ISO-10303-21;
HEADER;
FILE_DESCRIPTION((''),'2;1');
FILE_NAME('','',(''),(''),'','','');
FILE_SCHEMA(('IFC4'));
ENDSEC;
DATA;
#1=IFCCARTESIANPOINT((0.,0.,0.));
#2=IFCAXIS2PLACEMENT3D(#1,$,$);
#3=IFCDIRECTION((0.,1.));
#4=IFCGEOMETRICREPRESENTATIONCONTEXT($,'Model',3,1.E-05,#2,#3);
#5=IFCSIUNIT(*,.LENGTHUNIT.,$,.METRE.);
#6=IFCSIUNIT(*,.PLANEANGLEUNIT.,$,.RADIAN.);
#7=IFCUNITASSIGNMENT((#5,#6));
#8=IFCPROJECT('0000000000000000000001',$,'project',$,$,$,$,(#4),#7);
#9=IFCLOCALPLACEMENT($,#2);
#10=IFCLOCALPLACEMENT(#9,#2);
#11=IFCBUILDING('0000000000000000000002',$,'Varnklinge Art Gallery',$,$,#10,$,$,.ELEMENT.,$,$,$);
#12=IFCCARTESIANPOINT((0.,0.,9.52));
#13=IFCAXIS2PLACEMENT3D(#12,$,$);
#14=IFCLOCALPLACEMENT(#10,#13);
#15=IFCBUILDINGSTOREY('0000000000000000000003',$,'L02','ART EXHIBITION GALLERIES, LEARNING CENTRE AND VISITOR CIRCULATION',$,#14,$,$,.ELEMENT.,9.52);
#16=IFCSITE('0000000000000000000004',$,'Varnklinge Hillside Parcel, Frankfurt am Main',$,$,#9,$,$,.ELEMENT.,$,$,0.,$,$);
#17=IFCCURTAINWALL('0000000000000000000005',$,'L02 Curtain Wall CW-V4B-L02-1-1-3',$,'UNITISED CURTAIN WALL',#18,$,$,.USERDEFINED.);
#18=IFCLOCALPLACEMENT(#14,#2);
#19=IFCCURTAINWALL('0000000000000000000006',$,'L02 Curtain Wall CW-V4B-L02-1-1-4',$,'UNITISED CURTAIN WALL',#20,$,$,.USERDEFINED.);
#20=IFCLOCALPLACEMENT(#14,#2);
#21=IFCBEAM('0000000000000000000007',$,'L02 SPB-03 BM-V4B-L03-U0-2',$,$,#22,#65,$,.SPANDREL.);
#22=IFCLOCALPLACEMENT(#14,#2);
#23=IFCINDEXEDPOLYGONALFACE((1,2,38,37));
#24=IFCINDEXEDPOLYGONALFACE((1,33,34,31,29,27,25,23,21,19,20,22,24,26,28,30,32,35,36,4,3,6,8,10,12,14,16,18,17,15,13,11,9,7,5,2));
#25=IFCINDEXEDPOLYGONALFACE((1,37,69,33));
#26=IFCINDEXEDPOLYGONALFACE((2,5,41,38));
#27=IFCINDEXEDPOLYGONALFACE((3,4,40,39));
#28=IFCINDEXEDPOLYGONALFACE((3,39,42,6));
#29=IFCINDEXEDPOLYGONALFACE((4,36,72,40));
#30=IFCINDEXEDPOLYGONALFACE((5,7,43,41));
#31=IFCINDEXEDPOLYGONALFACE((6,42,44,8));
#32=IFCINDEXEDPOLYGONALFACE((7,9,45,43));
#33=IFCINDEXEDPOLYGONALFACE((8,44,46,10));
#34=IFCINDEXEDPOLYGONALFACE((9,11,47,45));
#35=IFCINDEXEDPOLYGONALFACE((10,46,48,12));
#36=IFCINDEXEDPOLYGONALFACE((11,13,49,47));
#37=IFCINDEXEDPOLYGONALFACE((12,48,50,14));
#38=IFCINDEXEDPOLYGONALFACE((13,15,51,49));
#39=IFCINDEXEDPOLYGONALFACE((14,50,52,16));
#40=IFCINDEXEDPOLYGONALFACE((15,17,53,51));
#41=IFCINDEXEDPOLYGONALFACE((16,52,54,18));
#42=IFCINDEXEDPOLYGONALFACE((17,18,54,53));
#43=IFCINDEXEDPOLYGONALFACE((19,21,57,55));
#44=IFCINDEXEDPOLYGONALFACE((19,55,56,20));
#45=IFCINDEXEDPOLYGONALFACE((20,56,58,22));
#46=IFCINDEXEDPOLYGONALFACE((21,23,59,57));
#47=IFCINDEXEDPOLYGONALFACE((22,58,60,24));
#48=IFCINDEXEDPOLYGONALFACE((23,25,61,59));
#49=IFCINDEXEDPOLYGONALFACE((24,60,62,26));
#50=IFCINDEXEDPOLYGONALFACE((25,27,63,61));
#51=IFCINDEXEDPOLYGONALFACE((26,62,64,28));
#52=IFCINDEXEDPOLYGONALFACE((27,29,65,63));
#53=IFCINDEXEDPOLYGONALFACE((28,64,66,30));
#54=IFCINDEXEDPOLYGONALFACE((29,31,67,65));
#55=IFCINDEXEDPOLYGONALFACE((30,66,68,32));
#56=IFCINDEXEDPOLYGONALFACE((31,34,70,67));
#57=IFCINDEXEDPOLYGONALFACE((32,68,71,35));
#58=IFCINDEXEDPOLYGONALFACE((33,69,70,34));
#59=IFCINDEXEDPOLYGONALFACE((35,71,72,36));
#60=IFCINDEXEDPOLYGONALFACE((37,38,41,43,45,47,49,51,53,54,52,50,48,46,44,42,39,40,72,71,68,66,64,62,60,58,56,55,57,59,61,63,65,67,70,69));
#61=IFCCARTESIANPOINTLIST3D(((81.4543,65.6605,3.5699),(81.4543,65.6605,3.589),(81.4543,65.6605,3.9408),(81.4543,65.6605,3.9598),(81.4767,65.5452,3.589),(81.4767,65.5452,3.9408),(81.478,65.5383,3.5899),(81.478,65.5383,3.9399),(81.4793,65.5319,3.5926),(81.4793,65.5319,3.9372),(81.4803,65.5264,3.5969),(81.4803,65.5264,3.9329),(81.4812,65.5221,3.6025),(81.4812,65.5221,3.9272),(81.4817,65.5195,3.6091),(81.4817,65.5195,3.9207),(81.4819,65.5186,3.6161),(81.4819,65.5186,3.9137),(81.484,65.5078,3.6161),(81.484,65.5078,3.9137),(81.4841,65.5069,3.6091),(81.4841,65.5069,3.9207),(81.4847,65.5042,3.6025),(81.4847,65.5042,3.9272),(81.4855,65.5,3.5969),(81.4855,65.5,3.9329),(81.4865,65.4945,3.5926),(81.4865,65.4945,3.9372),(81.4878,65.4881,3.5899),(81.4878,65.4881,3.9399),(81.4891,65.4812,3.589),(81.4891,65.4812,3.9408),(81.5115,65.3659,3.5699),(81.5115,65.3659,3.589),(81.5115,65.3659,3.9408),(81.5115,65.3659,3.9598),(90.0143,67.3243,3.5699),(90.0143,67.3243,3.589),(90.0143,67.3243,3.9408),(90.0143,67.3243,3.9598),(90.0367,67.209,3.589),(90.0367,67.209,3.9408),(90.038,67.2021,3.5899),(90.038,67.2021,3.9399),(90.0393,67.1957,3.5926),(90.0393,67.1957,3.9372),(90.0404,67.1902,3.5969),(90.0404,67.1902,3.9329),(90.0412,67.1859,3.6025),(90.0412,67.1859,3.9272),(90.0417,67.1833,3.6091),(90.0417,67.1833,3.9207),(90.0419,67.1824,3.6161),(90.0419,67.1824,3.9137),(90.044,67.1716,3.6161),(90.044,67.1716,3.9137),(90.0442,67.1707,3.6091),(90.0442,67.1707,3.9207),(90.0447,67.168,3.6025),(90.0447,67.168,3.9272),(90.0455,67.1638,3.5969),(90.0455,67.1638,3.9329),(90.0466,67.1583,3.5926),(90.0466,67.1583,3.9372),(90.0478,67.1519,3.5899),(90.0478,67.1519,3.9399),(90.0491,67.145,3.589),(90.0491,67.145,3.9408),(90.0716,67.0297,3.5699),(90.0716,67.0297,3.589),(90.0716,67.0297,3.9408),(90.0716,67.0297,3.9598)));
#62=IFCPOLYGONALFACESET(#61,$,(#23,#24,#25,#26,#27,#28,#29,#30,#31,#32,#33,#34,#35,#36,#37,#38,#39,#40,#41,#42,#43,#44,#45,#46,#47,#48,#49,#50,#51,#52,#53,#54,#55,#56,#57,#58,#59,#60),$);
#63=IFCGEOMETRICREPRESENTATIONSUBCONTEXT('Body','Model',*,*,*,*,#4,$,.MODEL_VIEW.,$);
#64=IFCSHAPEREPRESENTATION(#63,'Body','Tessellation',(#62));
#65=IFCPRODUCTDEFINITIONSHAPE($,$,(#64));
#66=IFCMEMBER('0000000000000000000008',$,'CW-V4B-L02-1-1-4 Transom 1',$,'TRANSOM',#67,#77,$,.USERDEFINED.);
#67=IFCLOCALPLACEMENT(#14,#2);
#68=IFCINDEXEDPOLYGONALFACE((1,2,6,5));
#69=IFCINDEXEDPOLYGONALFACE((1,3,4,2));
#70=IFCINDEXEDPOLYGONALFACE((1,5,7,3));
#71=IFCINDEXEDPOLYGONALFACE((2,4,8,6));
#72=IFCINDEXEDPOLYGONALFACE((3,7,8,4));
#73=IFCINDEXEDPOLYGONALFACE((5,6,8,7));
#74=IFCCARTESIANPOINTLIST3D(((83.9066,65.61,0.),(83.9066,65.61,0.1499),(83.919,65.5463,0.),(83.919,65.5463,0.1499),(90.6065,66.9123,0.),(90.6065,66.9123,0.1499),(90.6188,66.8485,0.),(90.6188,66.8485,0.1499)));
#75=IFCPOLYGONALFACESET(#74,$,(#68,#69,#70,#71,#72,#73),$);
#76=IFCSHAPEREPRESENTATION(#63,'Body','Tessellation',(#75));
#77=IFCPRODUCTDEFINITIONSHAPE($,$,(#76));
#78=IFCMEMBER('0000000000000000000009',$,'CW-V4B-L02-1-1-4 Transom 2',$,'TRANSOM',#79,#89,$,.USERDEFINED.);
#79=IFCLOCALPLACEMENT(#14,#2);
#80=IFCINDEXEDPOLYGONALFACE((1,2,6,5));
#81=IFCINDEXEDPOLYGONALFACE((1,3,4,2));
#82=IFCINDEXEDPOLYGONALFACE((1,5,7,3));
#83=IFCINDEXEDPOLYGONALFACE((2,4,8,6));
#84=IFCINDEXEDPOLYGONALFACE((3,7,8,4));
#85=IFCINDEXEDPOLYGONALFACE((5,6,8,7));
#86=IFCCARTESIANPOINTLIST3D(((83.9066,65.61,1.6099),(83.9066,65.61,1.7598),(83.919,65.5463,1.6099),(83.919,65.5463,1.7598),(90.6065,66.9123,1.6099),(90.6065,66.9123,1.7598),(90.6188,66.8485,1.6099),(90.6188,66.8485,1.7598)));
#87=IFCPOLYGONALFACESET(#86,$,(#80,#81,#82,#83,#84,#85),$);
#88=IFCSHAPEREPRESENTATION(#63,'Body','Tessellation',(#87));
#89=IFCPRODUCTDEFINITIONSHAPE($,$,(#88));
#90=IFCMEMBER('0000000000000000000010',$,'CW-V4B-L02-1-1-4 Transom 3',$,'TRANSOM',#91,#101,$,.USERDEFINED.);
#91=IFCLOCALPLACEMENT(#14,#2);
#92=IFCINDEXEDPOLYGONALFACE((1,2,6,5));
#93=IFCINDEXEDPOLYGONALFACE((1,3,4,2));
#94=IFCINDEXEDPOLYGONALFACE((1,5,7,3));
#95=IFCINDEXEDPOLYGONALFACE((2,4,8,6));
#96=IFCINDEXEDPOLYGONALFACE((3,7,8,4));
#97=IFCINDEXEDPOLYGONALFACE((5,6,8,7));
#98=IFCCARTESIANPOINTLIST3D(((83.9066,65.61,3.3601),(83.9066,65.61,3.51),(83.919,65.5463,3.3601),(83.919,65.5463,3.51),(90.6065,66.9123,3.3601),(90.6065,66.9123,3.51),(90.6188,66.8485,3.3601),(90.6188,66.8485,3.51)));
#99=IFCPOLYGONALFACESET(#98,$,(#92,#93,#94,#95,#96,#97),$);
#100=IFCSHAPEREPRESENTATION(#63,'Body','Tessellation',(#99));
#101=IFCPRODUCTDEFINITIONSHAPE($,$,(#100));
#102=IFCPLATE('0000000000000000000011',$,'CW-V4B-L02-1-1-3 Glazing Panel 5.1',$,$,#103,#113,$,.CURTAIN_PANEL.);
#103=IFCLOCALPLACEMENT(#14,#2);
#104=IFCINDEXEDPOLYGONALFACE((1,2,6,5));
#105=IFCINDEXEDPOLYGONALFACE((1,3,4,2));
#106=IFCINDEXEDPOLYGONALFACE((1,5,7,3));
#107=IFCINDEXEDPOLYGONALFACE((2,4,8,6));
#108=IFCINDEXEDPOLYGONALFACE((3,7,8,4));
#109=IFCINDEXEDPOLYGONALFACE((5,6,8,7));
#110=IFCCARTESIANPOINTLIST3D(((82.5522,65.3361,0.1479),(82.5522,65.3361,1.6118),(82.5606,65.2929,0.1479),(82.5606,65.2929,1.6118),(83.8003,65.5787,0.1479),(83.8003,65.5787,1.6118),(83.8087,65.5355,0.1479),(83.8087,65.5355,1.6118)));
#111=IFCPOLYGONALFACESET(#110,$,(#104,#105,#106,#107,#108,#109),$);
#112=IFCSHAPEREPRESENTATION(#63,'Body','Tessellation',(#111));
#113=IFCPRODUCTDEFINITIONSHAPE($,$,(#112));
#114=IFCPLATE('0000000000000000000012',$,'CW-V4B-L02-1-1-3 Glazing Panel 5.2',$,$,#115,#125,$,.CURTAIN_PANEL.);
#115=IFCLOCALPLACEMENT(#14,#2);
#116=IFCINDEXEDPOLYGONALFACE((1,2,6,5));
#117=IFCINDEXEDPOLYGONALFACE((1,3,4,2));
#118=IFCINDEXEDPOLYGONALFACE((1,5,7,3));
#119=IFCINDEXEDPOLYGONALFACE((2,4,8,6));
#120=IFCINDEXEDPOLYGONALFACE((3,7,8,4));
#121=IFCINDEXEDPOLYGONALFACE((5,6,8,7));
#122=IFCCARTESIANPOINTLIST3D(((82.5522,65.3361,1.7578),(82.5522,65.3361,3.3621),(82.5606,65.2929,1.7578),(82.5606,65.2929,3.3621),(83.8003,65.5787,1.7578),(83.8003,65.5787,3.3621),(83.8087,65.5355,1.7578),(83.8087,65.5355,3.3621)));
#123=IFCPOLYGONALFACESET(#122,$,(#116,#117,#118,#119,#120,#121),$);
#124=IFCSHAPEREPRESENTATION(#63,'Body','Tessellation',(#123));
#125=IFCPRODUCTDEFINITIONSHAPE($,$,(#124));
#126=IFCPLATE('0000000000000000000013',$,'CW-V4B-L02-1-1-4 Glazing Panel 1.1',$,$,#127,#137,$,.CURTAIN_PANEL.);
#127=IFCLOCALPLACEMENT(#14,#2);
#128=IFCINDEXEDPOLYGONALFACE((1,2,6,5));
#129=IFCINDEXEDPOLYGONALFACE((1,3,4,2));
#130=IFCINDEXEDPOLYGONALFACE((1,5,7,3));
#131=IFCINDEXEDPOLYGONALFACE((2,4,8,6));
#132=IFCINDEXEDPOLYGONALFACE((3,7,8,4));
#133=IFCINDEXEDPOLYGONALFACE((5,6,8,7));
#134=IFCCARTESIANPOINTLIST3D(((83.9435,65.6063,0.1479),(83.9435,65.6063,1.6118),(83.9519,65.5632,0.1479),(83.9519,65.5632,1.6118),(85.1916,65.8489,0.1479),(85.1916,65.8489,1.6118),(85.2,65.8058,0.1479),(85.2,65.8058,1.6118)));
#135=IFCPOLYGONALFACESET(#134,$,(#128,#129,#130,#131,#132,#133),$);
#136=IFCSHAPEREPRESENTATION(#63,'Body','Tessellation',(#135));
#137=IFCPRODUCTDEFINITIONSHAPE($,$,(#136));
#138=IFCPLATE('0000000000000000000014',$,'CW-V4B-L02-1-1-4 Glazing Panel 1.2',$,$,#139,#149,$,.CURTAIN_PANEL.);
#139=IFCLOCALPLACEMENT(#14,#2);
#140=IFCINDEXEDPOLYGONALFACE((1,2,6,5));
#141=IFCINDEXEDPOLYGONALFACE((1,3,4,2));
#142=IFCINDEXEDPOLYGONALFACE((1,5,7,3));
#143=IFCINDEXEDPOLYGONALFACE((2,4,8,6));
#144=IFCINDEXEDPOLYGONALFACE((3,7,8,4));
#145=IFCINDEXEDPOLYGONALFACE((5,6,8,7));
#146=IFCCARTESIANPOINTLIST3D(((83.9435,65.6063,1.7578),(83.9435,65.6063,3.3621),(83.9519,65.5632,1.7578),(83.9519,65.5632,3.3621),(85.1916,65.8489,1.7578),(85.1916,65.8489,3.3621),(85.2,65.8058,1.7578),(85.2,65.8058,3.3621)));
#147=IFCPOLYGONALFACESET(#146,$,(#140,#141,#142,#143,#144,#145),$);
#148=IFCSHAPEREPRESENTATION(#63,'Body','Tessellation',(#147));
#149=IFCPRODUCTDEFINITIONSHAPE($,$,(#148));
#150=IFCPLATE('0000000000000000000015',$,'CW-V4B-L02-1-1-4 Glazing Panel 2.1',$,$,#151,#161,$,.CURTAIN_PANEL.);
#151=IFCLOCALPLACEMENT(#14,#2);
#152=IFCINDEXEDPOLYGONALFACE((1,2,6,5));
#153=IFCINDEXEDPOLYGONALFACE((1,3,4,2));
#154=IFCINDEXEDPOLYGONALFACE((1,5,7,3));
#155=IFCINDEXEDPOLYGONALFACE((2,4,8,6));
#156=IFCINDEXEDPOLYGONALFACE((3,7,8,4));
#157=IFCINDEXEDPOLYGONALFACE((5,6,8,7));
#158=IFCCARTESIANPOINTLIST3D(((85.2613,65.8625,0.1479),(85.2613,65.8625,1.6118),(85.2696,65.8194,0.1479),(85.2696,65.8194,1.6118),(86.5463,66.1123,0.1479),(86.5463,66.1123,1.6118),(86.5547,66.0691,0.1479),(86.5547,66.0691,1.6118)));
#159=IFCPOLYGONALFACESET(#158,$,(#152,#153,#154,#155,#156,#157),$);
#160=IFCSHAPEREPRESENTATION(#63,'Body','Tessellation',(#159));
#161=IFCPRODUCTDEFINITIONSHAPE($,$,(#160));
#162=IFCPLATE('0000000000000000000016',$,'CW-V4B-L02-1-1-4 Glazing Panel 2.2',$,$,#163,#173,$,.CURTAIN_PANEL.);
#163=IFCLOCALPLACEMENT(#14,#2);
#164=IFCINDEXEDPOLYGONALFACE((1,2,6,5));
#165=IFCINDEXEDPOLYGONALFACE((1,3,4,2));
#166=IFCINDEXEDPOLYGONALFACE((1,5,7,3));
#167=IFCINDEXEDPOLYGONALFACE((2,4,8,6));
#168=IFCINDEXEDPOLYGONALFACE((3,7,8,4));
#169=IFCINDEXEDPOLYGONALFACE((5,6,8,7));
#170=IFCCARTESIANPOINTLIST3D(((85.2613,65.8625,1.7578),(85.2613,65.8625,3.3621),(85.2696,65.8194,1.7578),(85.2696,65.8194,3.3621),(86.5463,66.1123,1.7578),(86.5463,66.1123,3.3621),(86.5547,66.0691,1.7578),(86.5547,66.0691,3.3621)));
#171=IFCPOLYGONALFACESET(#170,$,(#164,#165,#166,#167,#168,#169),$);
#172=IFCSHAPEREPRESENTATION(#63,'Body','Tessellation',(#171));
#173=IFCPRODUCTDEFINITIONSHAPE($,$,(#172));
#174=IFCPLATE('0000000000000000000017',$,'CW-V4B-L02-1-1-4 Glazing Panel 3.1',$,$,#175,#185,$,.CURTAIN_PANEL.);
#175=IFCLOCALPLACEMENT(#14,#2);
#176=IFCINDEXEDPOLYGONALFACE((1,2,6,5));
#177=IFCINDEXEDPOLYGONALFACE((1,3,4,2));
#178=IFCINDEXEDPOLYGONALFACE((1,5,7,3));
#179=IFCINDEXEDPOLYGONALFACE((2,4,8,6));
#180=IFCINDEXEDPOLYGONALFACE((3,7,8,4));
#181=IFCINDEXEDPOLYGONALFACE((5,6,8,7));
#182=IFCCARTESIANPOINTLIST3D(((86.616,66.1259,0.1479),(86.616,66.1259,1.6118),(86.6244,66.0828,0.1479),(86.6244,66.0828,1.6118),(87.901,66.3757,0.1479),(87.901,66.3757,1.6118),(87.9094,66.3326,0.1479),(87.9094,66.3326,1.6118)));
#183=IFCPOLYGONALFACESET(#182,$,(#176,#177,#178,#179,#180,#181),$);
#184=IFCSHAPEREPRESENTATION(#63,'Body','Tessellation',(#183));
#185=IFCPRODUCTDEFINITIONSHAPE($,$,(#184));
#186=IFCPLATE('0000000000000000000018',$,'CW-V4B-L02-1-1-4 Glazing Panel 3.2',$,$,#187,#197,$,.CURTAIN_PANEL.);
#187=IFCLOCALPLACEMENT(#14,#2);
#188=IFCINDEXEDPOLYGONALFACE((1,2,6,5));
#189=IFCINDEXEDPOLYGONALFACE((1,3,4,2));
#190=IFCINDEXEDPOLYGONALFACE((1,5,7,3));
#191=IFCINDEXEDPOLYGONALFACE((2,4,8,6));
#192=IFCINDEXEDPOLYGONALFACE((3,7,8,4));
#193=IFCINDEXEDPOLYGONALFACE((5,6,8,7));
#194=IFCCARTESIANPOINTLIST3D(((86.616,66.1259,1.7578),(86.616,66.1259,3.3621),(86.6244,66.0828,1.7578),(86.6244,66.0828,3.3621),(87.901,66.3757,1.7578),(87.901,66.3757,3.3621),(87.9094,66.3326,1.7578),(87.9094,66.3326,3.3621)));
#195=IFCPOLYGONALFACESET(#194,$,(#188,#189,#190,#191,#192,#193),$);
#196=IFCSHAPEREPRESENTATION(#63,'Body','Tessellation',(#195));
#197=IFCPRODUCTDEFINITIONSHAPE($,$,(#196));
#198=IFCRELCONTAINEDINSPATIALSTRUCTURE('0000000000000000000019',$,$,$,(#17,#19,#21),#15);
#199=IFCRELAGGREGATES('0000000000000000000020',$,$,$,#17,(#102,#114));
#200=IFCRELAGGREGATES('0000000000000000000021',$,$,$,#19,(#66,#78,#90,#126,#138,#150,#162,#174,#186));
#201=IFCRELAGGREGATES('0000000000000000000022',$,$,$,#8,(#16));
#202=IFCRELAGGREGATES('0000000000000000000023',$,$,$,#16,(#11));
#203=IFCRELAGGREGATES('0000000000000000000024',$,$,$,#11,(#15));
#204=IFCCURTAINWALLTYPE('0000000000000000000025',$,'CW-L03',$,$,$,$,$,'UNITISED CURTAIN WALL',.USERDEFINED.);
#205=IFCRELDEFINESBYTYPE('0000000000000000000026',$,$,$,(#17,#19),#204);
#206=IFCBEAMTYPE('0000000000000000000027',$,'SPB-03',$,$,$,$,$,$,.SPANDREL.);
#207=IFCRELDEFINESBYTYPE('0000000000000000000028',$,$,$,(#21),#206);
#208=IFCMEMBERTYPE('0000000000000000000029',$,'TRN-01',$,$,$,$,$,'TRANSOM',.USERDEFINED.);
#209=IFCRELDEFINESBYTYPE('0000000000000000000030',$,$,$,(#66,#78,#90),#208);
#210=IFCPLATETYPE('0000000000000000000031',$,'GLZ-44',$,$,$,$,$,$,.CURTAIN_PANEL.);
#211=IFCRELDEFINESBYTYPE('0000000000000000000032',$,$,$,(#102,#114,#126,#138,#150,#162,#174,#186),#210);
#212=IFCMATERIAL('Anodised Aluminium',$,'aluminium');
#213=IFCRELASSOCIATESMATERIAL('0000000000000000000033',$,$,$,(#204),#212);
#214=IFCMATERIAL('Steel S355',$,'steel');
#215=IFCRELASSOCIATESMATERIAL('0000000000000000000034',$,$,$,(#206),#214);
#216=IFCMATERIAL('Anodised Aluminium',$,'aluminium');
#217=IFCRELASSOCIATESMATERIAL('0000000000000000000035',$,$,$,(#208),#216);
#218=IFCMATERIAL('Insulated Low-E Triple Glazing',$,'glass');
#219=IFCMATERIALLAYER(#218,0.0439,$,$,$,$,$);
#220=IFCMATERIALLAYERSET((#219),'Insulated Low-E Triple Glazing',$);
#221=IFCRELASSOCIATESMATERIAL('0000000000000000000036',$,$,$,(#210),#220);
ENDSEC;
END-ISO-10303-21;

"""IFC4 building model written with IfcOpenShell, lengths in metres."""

from ifc_helpers import new_model, si_unit, direction, frame, origin, origin_2d, place, context, subcontext, project, spatial, rectangle, i_section, extrude, material, layer, layer_set, material_profile, profile_set, type_object, element, aggregate, save


model = new_model("IFC4")

# Units and contexts
model_context = context("Model", 3, precision=1e-05, world=origin(), true_north=direction((0.0, 1.0)))
body_context = subcontext(model_context, "Body", "Model", "MODEL_VIEW")
ifc_project = project(units=[si_unit("LENGTHUNIT", "METRE"), si_unit("PLANEANGLEUNIT", "RADIAN")], contexts=[model_context])

# Site, building, storey
site_placement = place(None, origin())
site = spatial("IfcSite", under=ifc_project, at=site_placement, Name="Varnklinge Hillside Parcel, Frankfurt am Main", CompositionType="ELEMENT", RefElevation=0.0)
building_placement = place(site_placement, origin())
building = spatial("IfcBuilding", under=site, at=building_placement, Name="Varnklinge Art Gallery", CompositionType="ELEMENT")
storey_placement = place(building_placement, frame((0.0, 0.0, 9.52)))
storey = spatial("IfcBuildingStorey", under=building, at=storey_placement, Name="L02", Description="ART EXHIBITION GALLERIES, LEARNING CENTRE AND VISITOR CIRCULATION", CompositionType="ELEMENT", Elevation=9.52)

# Curtain wall
ifc_material_1 = material(Name="Anodised Aluminium", Category="aluminium")
curtain_wall_type = type_object("IfcCurtainWallType", Name="CW-L03", ElementType="UNITISED CURTAIN WALL", PredefinedType="USERDEFINED", material=ifc_material_1)
curtain_wall_1_placement = place(storey_placement, origin())
curtain_wall_1 = element("IfcCurtainWall", 1, at=curtain_wall_1_placement, inside=storey, type_object=curtain_wall_type, Name="L02 Curtain Wall CW-V4B-L02-1-1-3", ObjectType="UNITISED CURTAIN WALL", PredefinedType="USERDEFINED")

# Curtain wall
curtain_wall_2_placement = place(storey_placement, origin())
curtain_wall_2 = element("IfcCurtainWall", 2, at=curtain_wall_2_placement, inside=storey, type_object=curtain_wall_type, Name="L02 Curtain Wall CW-V4B-L02-1-1-4", ObjectType="UNITISED CURTAIN WALL", PredefinedType="USERDEFINED")

# Beam
ifc_material_2 = material(Name="Steel S355", Category="steel")
ifc_material_profile_1 = material_profile(ifc_material_2, i_section(OverallWidth=0.3, OverallDepth=0.3899, WebThickness=0.011, FlangeThickness=0.019, FilletRadius=0.0271, at=origin_2d()), Name="HEA 400")
ifc_profile_set_1 = profile_set([ifc_material_profile_1], Name="Steel S355")
beam_type_1 = type_object("IfcBeamType", Name="SPB-03", PredefinedType="SPANDREL", material=ifc_profile_set_1)
beam_1_placement = place(storey_placement, frame((81.4829, 65.5132, 3.7649), z_axis=(0.981629, 0.190799, 0.0), x_axis=(-0.190799, 0.981629, 0.0)))
element("IfcBeam", 3, at=beam_1_placement, inside=storey, type_object=beam_type_1, Name="L02 SPB-03 BM-V4B-L03-U0-2", PredefinedType="SPANDREL", context=body_context, shape_type="SweptSolid", body=[
    extrude(i_section(OverallWidth=0.3, OverallDepth=0.3899, WebThickness=0.011, FlangeThickness=0.019, FilletRadius=0.0271, at=origin_2d()), origin(), (0.0, 0.0, 1.0), 8.7202),
])

# Members
ifc_material_3 = material(Name="Anodised Aluminium", Category="aluminium")
ifc_material_profile_2 = material_profile(ifc_material_3, rectangle(XDim=0.0649, YDim=0.1499, at=origin_2d()), Name="ALU 65x150")
ifc_profile_set_2 = profile_set([ifc_material_profile_2], Name="Anodised Aluminium")
member_type_1 = type_object("IfcMemberType", Name="TRN-01", ElementType="TRANSOM", PredefinedType="USERDEFINED", material=ifc_profile_set_2)
member_1_placement = place(storey_placement, frame((83.9128, 65.5781, 0.075), z_axis=(0.981628, 0.190803, 0.0), x_axis=(-0.190803, 0.981628, 0.0)))
member_1 = element("IfcMember", 4, at=member_1_placement, type_object=member_type_1, Name="CW-V4B-L02-1-1-4 Transom 1", ObjectType="TRANSOM", PredefinedType="USERDEFINED", context=body_context, shape_type="SweptSolid", body=[
    extrude(rectangle(XDim=0.0649, YDim=0.1499, at=origin_2d()), origin(), (0.0, 0.0, 1.0), 6.8252),
])
member_2_placement = place(storey_placement, frame((83.9128, 65.5781, 1.6848), z_axis=(0.981628, 0.190803, 0.0), x_axis=(-0.190803, 0.981628, 0.0)))
member_2 = element("IfcMember", 5, at=member_2_placement, type_object=member_type_1, Name="CW-V4B-L02-1-1-4 Transom 2", ObjectType="TRANSOM", PredefinedType="USERDEFINED", context=body_context, shape_type="SweptSolid", body=[
    extrude(rectangle(XDim=0.0649, YDim=0.1499, at=origin_2d()), origin(), (0.0, 0.0, 1.0), 6.8252),
])
member_3_placement = place(storey_placement, frame((83.9128, 65.5781, 3.4351), z_axis=(0.981628, 0.190803, 0.0), x_axis=(-0.190803, 0.981628, 0.0)))
member_3 = element("IfcMember", 6, at=member_3_placement, type_object=member_type_1, Name="CW-V4B-L02-1-1-4 Transom 3", ObjectType="TRANSOM", PredefinedType="USERDEFINED", context=body_context, shape_type="SweptSolid", body=[
    extrude(rectangle(XDim=0.0649, YDim=0.1499, at=origin_2d()), origin(), (0.0, 0.0, 1.0), 6.8252),
])

# Plates
ifc_material_4 = material(Name="Insulated Low-E Triple Glazing", Category="glass")
ifc_layer_1 = layer(ifc_material_4, 0.0439)
ifc_layer_set_1 = layer_set([ifc_layer_1], Name="Insulated Low-E Triple Glazing")
plate_type = type_object("IfcPlateType", Name="GLZ-44", PredefinedType="CURTAIN_PANEL", material=ifc_layer_set_1)
plate_1_placement = place(storey_placement, frame((83.1804, 65.4358, 0.1479), z_axis=(0.0, 0.0, 1.0), x_axis=(0.981627, 0.190809, 0.0)))
plate_1 = element("IfcPlate", 7, at=plate_1_placement, type_object=plate_type, Name="CW-V4B-L02-1-1-3 Glazing Panel 5.1", PredefinedType="CURTAIN_PANEL", context=body_context, shape_type="SweptSolid", body=[
    extrude(rectangle(XDim=1.2715, YDim=0.0439, at=origin_2d()), origin(), (0.0, 0.0, 1.0), 1.4639),
])
plate_2_placement = place(storey_placement, frame((83.1804, 65.4358, 1.7578), z_axis=(0.0, 0.0, 1.0), x_axis=(0.981627, 0.190809, 0.0)))
plate_2 = element("IfcPlate", 8, at=plate_2_placement, type_object=plate_type, Name="CW-V4B-L02-1-1-3 Glazing Panel 5.2", PredefinedType="CURTAIN_PANEL", context=body_context, shape_type="SweptSolid", body=[
    extrude(rectangle(XDim=1.2715, YDim=0.0439, at=origin_2d()), origin(), (0.0, 0.0, 1.0), 1.6042),
])
aggregate(curtain_wall_1, [plate_1, plate_2])
plate_3_placement = place(storey_placement, frame((84.5718, 65.7061, 0.1479), z_axis=(0.0, 0.0, 1.0), x_axis=(0.981627, 0.190809, 0.0)))
plate_3 = element("IfcPlate", 9, at=plate_3_placement, type_object=plate_type, Name="CW-V4B-L02-1-1-4 Glazing Panel 1.1", PredefinedType="CURTAIN_PANEL", context=body_context, shape_type="SweptSolid", body=[
    extrude(rectangle(XDim=1.2715, YDim=0.0439, at=origin_2d()), origin(), (0.0, 0.0, 1.0), 1.4639),
])
plate_4_placement = place(storey_placement, frame((84.5718, 65.7061, 1.7578), z_axis=(0.0, 0.0, 1.0), x_axis=(0.981627, 0.190809, 0.0)))
plate_4 = element("IfcPlate", 10, at=plate_4_placement, type_object=plate_type, Name="CW-V4B-L02-1-1-4 Glazing Panel 1.2", PredefinedType="CURTAIN_PANEL", context=body_context, shape_type="SweptSolid", body=[
    extrude(rectangle(XDim=1.2715, YDim=0.0439, at=origin_2d()), origin(), (0.0, 0.0, 1.0), 1.6042),
])
plate_5_placement = place(storey_placement, frame((85.908, 65.9658, 0.1479), z_axis=(0.0, 0.0, 1.0), x_axis=(0.981627, 0.190809, 0.0)))
plate_5 = element("IfcPlate", 11, at=plate_5_placement, type_object=plate_type, Name="CW-V4B-L02-1-1-4 Glazing Panel 2.1", PredefinedType="CURTAIN_PANEL", context=body_context, shape_type="SweptSolid", body=[
    extrude(rectangle(XDim=1.3091, YDim=0.0439, at=origin_2d()), origin(), (0.0, 0.0, 1.0), 1.4639),
])
plate_6_placement = place(storey_placement, frame((85.908, 65.9658, 1.7578), z_axis=(0.0, 0.0, 1.0), x_axis=(0.981627, 0.190809, 0.0)))
plate_6 = element("IfcPlate", 12, at=plate_6_placement, type_object=plate_type, Name="CW-V4B-L02-1-1-4 Glazing Panel 2.2", PredefinedType="CURTAIN_PANEL", context=body_context, shape_type="SweptSolid", body=[
    extrude(rectangle(XDim=1.3091, YDim=0.0439, at=origin_2d()), origin(), (0.0, 0.0, 1.0), 1.6042),
])
plate_7_placement = place(storey_placement, frame((87.2627, 66.2292, 0.1479), z_axis=(0.0, 0.0, 1.0), x_axis=(0.981627, 0.190809, 0.0)))
plate_7 = element("IfcPlate", 13, at=plate_7_placement, type_object=plate_type, Name="CW-V4B-L02-1-1-4 Glazing Panel 3.1", PredefinedType="CURTAIN_PANEL", context=body_context, shape_type="SweptSolid", body=[
    extrude(rectangle(XDim=1.3091, YDim=0.0439, at=origin_2d()), origin(), (0.0, 0.0, 1.0), 1.4639),
])
plate_8_placement = place(storey_placement, frame((87.2627, 66.2292, 1.7578), z_axis=(0.0, 0.0, 1.0), x_axis=(0.981627, 0.190809, 0.0)))
plate_8 = element("IfcPlate", 14, at=plate_8_placement, type_object=plate_type, Name="CW-V4B-L02-1-1-4 Glazing Panel 3.2", PredefinedType="CURTAIN_PANEL", context=body_context, shape_type="SweptSolid", body=[
    extrude(rectangle(XDim=1.3091, YDim=0.0439, at=origin_2d()), origin(), (0.0, 0.0, 1.0), 1.6042),
])
aggregate(curtain_wall_2, [member_1, member_2, member_3, plate_3, plate_4, plate_5, plate_6, plate_7, plate_8])

save(model, "model.ifc")
